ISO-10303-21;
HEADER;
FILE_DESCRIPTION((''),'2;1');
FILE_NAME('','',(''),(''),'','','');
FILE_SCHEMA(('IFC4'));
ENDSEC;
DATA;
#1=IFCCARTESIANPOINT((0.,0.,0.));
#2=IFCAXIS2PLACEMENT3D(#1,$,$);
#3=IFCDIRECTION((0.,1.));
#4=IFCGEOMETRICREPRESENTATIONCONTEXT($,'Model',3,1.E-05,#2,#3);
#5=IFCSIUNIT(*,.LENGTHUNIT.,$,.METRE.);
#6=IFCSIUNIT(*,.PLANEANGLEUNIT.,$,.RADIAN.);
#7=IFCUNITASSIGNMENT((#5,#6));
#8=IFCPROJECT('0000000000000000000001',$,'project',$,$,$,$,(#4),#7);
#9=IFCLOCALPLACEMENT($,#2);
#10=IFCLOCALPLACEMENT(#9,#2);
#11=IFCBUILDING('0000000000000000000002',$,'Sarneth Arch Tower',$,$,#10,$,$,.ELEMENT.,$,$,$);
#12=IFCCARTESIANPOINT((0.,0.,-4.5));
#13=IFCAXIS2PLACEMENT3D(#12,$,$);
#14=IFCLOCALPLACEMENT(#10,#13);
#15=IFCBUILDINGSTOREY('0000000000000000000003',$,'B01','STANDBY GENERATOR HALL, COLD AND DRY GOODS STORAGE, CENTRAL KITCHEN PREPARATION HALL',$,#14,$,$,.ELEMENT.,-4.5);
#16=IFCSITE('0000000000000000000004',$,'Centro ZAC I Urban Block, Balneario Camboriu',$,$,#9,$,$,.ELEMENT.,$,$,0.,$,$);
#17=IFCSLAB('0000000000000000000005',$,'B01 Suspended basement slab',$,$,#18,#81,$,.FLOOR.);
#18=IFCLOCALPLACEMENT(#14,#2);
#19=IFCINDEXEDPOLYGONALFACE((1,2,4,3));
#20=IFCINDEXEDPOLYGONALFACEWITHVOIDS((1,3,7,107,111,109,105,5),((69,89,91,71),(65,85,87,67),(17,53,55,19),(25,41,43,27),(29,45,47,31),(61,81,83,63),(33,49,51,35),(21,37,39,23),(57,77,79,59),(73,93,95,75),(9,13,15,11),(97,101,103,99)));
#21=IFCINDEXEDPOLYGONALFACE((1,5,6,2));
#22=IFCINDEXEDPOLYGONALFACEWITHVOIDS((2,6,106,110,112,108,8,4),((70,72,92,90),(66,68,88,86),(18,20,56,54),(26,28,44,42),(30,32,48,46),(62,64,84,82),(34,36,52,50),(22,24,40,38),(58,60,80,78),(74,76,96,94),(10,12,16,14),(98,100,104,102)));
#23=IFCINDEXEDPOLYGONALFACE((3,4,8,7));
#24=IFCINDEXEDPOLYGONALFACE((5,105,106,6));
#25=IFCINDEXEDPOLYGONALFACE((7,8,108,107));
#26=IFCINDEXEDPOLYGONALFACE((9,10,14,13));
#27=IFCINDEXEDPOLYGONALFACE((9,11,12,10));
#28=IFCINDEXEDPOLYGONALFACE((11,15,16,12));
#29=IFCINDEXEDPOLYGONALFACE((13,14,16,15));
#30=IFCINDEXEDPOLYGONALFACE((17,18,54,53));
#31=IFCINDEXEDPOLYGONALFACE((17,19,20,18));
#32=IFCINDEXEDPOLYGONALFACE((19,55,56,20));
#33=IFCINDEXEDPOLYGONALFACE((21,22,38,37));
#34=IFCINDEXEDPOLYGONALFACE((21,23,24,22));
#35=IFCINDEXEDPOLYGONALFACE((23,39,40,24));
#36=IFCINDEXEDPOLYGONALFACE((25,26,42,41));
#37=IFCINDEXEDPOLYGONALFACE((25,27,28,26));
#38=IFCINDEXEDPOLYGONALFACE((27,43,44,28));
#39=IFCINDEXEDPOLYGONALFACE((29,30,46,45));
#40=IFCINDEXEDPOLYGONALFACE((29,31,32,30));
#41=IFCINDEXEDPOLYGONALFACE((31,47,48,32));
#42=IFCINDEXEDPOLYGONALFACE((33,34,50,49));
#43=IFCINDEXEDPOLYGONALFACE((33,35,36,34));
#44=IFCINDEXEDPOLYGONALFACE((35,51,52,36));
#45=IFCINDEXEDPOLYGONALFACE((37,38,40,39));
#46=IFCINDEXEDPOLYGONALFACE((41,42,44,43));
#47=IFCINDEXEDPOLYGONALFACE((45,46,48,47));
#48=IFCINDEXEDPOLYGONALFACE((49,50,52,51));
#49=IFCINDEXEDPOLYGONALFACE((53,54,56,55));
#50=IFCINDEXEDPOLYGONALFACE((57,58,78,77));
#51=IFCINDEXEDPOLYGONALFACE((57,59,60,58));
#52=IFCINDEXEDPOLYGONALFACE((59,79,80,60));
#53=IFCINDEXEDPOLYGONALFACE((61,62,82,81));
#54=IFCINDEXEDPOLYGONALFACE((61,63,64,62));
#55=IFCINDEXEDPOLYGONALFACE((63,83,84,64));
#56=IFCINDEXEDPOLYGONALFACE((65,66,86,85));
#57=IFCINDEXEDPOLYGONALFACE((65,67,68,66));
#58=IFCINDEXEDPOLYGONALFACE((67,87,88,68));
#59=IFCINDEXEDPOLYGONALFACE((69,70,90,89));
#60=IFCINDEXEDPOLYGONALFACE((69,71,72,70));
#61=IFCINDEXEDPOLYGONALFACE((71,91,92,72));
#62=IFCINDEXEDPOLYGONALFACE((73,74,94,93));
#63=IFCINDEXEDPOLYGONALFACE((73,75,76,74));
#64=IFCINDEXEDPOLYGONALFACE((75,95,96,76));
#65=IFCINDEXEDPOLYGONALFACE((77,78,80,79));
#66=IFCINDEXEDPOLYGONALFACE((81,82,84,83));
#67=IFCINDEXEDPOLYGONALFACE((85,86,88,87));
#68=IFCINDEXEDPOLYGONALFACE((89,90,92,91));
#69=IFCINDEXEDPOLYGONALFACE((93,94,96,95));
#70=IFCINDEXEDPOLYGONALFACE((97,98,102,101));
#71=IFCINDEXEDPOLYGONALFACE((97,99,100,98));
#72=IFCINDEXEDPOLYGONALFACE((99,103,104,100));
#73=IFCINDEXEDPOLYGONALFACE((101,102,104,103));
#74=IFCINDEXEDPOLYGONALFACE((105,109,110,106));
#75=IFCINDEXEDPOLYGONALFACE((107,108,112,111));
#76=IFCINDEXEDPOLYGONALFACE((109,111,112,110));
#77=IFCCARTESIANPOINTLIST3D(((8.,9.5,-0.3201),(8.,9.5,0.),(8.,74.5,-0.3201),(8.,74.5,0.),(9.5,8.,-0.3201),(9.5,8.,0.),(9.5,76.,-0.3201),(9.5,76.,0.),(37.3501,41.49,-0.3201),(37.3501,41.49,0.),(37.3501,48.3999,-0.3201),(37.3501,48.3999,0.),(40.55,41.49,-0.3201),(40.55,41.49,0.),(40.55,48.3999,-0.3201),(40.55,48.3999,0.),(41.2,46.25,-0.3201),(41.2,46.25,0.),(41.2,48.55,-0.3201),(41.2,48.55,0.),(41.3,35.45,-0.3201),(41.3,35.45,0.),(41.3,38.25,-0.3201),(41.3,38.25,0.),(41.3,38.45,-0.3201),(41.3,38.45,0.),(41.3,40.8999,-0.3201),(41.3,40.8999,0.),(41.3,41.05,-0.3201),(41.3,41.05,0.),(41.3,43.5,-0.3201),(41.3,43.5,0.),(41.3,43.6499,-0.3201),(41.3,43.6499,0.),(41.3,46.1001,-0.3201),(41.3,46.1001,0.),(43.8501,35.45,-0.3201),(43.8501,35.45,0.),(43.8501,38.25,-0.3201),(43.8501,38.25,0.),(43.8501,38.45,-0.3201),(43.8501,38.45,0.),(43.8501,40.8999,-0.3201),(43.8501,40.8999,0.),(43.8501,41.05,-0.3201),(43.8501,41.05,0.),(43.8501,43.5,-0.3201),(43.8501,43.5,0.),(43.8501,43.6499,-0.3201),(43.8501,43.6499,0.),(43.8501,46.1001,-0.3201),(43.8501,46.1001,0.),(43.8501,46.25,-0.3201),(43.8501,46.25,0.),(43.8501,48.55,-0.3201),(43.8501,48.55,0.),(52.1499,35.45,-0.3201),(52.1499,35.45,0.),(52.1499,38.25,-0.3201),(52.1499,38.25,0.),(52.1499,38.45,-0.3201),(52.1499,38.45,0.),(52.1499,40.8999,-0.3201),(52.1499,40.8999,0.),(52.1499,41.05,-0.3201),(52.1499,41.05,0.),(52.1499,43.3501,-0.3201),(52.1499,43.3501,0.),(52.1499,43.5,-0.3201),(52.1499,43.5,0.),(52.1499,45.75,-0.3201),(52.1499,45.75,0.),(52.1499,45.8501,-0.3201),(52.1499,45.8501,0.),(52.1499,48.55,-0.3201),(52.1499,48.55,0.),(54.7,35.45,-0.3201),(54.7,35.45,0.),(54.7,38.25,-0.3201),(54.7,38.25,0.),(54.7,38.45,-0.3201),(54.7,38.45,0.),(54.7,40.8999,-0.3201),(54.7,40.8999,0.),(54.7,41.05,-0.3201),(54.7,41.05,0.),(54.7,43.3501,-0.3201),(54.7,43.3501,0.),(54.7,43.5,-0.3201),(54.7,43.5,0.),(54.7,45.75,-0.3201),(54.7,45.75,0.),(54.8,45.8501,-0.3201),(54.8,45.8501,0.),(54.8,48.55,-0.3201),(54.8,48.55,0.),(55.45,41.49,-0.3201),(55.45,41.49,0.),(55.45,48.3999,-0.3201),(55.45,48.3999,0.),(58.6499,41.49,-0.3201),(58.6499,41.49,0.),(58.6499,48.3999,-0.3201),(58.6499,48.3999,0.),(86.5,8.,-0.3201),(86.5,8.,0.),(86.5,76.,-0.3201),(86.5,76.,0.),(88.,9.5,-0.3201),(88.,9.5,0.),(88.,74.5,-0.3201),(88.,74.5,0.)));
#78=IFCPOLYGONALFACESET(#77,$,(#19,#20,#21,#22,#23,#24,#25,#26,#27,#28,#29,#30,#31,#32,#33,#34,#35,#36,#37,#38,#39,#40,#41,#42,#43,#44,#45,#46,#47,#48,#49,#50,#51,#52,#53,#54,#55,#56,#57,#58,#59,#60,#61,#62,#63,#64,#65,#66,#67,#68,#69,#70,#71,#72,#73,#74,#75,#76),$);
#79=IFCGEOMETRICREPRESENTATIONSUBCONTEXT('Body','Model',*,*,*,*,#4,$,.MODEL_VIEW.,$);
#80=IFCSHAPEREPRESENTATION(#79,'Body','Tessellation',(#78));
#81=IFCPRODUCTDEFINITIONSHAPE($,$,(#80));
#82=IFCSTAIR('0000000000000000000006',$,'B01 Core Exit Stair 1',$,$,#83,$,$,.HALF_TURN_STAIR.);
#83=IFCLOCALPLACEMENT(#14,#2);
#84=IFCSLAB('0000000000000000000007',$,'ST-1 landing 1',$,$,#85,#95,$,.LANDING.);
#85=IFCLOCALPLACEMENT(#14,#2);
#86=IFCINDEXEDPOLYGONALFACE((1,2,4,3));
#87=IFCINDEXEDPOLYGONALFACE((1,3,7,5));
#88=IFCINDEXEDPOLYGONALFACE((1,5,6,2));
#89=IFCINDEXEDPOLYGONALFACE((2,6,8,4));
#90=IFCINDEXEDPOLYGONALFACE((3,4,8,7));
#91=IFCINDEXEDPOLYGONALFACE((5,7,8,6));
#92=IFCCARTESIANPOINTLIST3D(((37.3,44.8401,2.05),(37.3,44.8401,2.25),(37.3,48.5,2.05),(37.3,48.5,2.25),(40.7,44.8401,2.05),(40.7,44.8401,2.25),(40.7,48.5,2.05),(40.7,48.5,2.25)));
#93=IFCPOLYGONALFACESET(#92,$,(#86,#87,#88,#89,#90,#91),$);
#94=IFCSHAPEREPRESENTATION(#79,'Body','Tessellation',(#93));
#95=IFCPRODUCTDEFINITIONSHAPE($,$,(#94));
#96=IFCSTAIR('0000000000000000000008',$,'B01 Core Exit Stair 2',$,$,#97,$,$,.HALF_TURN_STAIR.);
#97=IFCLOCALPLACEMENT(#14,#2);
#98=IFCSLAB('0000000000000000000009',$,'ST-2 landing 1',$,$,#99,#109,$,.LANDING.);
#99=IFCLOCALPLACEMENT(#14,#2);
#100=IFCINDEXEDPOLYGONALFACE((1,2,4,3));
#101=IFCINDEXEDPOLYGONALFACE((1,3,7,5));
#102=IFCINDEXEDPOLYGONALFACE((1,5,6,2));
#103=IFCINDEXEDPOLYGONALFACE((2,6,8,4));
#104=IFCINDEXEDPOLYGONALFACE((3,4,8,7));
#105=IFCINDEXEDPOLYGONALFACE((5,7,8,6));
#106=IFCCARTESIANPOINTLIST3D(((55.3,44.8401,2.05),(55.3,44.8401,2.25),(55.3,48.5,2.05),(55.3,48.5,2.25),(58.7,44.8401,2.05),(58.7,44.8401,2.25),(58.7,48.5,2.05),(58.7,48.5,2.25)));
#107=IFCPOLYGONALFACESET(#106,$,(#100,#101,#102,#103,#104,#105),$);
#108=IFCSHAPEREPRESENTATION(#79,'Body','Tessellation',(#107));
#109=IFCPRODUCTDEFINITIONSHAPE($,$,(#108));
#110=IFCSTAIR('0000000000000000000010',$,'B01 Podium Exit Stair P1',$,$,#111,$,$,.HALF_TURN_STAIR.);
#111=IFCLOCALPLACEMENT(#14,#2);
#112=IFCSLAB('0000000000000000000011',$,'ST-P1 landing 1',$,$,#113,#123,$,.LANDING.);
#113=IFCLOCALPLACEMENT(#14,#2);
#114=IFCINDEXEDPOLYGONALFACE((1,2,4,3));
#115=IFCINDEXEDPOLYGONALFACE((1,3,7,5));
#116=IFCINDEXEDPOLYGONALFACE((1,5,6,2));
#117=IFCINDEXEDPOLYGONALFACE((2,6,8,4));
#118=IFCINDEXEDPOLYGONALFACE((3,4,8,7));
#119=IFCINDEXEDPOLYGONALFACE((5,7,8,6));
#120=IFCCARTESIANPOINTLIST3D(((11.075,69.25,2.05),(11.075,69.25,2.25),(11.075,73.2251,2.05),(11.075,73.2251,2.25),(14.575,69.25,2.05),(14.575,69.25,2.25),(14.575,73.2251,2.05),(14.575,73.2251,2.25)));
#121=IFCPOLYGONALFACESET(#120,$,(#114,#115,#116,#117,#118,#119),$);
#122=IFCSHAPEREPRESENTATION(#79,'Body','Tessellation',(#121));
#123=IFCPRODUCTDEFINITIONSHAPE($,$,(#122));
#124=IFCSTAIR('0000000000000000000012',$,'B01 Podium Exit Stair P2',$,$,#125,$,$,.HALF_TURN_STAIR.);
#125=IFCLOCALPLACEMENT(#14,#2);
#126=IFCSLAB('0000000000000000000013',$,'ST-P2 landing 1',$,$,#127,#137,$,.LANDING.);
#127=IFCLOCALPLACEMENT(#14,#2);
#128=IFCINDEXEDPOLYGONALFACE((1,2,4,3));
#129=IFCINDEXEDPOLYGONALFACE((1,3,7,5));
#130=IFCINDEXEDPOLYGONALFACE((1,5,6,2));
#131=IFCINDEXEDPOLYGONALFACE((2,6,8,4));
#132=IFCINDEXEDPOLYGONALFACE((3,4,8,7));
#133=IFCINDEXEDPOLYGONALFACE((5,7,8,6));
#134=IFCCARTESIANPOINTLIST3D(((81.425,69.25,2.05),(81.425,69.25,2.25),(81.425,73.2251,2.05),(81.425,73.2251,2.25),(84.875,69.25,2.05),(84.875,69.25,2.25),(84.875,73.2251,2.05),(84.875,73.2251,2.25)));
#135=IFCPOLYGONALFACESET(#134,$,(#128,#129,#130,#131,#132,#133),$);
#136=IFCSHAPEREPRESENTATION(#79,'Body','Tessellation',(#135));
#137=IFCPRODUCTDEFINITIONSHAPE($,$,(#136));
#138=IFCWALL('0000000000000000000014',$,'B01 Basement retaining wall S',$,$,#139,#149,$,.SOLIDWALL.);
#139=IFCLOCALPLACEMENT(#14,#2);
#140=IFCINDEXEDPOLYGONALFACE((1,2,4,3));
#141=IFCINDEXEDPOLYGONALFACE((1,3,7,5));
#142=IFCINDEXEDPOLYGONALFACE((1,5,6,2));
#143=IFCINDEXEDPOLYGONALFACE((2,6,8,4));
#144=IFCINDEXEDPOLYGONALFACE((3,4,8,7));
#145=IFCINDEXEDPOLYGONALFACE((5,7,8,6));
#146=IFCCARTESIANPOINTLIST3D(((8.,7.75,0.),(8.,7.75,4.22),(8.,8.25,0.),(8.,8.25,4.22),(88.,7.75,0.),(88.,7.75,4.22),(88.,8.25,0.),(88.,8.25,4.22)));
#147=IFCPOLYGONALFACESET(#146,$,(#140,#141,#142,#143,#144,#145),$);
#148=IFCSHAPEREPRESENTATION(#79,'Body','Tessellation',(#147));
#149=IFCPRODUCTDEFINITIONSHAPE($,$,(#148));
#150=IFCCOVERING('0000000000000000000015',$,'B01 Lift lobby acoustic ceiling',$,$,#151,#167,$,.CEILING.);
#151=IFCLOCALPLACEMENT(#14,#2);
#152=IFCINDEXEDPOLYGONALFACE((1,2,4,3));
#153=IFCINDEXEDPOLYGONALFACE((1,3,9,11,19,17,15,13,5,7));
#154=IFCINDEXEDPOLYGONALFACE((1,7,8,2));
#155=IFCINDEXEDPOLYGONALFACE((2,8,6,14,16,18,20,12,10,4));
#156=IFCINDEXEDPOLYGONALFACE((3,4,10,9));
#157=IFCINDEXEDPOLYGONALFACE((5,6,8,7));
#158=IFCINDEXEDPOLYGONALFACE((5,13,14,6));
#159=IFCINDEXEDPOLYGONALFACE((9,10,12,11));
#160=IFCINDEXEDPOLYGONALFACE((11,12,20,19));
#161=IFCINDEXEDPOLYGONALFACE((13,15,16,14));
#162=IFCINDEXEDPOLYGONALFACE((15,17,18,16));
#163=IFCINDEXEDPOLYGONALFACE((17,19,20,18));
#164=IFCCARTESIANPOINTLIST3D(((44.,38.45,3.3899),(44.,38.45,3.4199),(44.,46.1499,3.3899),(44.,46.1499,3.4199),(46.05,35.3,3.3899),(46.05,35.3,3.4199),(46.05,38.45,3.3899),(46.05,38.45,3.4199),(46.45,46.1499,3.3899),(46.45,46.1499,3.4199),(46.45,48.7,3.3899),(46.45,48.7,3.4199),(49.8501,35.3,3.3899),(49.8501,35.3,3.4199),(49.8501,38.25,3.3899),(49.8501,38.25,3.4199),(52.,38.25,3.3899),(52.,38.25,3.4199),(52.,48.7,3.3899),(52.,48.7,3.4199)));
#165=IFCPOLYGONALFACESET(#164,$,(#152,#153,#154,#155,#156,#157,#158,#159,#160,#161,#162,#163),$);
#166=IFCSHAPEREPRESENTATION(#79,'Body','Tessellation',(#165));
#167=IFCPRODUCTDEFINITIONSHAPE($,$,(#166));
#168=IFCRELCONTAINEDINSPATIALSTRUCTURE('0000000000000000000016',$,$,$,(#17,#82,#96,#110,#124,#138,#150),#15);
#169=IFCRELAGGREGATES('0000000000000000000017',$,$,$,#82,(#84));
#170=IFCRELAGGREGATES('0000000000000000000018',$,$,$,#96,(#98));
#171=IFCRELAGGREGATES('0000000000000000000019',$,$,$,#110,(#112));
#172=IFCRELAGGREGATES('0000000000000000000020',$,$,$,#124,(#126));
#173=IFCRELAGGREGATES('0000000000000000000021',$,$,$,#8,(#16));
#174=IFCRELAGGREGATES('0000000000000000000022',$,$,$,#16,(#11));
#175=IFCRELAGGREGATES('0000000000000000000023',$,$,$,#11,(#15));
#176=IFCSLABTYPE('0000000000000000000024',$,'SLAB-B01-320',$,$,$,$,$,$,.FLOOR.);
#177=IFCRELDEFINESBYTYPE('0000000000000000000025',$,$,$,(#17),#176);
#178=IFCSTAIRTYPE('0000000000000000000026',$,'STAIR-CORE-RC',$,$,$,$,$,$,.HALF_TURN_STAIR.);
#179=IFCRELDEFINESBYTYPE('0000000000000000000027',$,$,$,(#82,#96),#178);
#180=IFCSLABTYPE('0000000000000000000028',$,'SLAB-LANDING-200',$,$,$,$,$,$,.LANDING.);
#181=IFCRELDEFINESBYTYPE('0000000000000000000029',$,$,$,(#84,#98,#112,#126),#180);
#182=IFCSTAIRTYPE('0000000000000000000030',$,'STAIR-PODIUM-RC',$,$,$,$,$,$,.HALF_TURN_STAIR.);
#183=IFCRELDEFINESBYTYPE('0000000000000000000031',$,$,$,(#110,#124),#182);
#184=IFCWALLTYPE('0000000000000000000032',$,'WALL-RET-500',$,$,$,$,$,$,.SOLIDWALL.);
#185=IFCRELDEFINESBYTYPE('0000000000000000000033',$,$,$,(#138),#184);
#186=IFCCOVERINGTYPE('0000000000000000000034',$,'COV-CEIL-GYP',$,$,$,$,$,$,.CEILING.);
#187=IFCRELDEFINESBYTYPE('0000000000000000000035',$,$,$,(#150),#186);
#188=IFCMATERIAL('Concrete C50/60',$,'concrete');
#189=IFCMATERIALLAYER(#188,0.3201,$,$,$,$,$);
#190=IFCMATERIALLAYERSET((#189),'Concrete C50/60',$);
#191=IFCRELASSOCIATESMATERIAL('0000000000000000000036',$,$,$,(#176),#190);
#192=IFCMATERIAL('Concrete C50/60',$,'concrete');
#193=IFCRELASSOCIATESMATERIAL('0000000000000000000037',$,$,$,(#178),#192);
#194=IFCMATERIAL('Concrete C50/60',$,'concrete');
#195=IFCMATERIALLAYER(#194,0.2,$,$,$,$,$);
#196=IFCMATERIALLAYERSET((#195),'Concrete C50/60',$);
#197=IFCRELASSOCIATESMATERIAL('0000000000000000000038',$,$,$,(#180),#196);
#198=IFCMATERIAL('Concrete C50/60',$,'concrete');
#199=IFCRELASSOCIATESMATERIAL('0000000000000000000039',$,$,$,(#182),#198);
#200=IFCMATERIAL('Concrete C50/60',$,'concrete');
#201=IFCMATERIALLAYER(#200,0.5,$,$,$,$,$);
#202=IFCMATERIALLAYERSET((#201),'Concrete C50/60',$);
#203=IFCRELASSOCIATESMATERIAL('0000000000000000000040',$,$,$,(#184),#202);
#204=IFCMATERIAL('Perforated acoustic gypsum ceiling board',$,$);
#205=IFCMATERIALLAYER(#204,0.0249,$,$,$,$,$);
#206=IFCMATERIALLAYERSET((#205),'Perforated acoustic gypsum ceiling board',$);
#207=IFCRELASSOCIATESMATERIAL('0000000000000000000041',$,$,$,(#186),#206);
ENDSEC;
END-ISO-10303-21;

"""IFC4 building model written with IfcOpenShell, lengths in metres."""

from ifc_helpers import new_model, si_unit, direction, frame, frame_2d, origin, place, context, subcontext, project, spatial, polyline, rectangle, outline, extrude, material, layer, layer_set, type_object, element, aggregate, save


model = new_model("IFC4")

# Units and contexts
model_context = context("Model", 3, precision=1e-05, world=origin(), true_north=direction((0.0, 1.0)))
body_context = subcontext(model_context, "Body", "Model", "MODEL_VIEW")
ifc_project = project(units=[si_unit("LENGTHUNIT", "METRE"), si_unit("PLANEANGLEUNIT", "RADIAN")], contexts=[model_context])

# Site, building, storey
site_placement = place(None, origin())
site = spatial("IfcSite", under=ifc_project, at=site_placement, Name="Centro ZAC I Urban Block, Balneario Camboriu", CompositionType="ELEMENT", RefElevation=0.0)
building_placement = place(site_placement, origin())
building = spatial("IfcBuilding", under=site, at=building_placement, Name="Sarneth Arch Tower", CompositionType="ELEMENT")
storey_placement = place(building_placement, frame((0.0, 0.0, -4.5)))
storey = spatial("IfcBuildingStorey", under=building, at=storey_placement, Name="B01", Description="STANDBY GENERATOR HALL, COLD AND DRY GOODS STORAGE, CENTRAL KITCHEN PREPARATION HALL", CompositionType="ELEMENT", Elevation=-4.5)

# Slab
ifc_material_1 = material(Name="Concrete C50/60", Category="concrete")
ifc_layer_1 = layer(ifc_material_1, 0.3201)
ifc_layer_set_1 = layer_set([ifc_layer_1], Name="Concrete C50/60")
slab_type_1 = type_object("IfcSlabType", Name="SLAB-B01-320", PredefinedType="FLOOR", material=ifc_layer_set_1)
slab_1_placement = place(storey_placement, frame((0.0, 0.0, -0.3201)))
element("IfcSlab", 1, at=slab_1_placement, inside=storey, type_object=slab_type_1, Name="B01 Suspended basement slab", PredefinedType="FLOOR", context=body_context, shape_type="SweptSolid", body=[
    extrude(outline(polyline([(9.5, 8.0), (86.5, 8.0), (88.0, 9.5), (88.0, 74.5), (86.5, 76.0), (9.5, 76.0), (8.0, 74.5), (8.0, 9.5), (9.5, 8.0)]), holes=[polyline([(37.3501, 41.49), (40.55, 41.49), (40.55, 48.3999), (37.3501, 48.3999), (37.3501, 41.49)]), polyline([(55.45, 41.49), (58.6499, 41.49), (58.6499, 48.3999), (55.45, 48.3999), (55.45, 41.49)]), polyline([(41.2, 46.25), (43.8501, 46.25), (43.8501, 48.55), (41.2, 48.55), (41.2, 46.25)]), polyline([(41.3, 35.45), (43.8501, 35.45), (43.8501, 38.25), (41.3, 38.25), (41.3, 35.45)]), polyline([(52.1499, 35.45), (54.7, 35.45), (54.7, 38.25), (52.1499, 38.25), (52.1499, 35.45)]), polyline([(52.1499, 45.8501), (54.8, 45.8501), (54.8, 48.55), (52.1499, 48.55), (52.1499, 45.8501)]), polyline([(41.3, 38.45), (43.8501, 38.45), (43.8501, 40.8999), (41.3, 40.8999), (41.3, 38.45)]), polyline([(41.3, 41.05), (43.8501, 41.05), (43.8501, 43.5), (41.3, 43.5), (41.3, 41.05)]), polyline([(41.3, 43.6499), (43.8501, 43.6499), (43.8501, 46.1001), (41.3, 46.1001), (41.3, 43.6499)]), polyline([(52.1499, 38.45), (54.7, 38.45), (54.7, 40.8999), (52.1499, 40.8999), (52.1499, 38.45)]), polyline([(52.1499, 41.05), (54.7, 41.05), (54.7, 43.3501), (52.1499, 43.3501), (52.1499, 41.05)]), polyline([(52.1499, 43.5), (54.7, 43.5), (54.7, 45.75), (52.1499, 45.75), (52.1499, 43.5)])]), origin(), (0.0, 0.0, 1.0), 0.3201),
])

# Stairs, slabs
ifc_material_2 = material(Name="Concrete C50/60", Category="concrete")
stair_type_1 = type_object("IfcStairType", Name="STAIR-CORE-RC", PredefinedType="HALF_TURN_STAIR", material=ifc_material_2)
stair_1_placement = place(storey_placement, origin())
stair_1 = element("IfcStair", 2, at=stair_1_placement, inside=storey, type_object=stair_type_1, Name="B01 Core Exit Stair 1", PredefinedType="HALF_TURN_STAIR")
ifc_material_3 = material(Name="Concrete C50/60", Category="concrete")
ifc_layer_2 = layer(ifc_material_3, 0.2)
ifc_layer_set_2 = layer_set([ifc_layer_2], Name="Concrete C50/60")
slab_type_2 = type_object("IfcSlabType", Name="SLAB-LANDING-200", PredefinedType="LANDING", material=ifc_layer_set_2)
slab_2_placement = place(storey_placement, frame((0.0, 0.0, 2.05)))
slab_2 = element("IfcSlab", 3, at=slab_2_placement, type_object=slab_type_2, Name="ST-1 landing 1", PredefinedType="LANDING", context=body_context, shape_type="SweptSolid", body=[
    extrude(outline(polyline([(37.3, 44.8401), (40.7, 44.8401), (40.7, 48.5), (37.3, 48.5), (37.3, 44.8401)])), origin(), (0.0, 0.0, 1.0), 0.2),
])
aggregate(stair_1, [slab_2])
stair_2_placement = place(storey_placement, origin())
stair_2 = element("IfcStair", 4, at=stair_2_placement, inside=storey, type_object=stair_type_1, Name="B01 Core Exit Stair 2", PredefinedType="HALF_TURN_STAIR")
slab_3_placement = place(storey_placement, frame((0.0, 0.0, 2.05)))
slab_3 = element("IfcSlab", 5, at=slab_3_placement, type_object=slab_type_2, Name="ST-2 landing 1", PredefinedType="LANDING", context=body_context, shape_type="SweptSolid", body=[
    extrude(outline(polyline([(55.3, 44.8401), (58.7, 44.8401), (58.7, 48.5), (55.3, 48.5), (55.3, 44.8401)])), origin(), (0.0, 0.0, 1.0), 0.2),
])
aggregate(stair_2, [slab_3])
ifc_material_4 = material(Name="Concrete C50/60", Category="concrete")
stair_type_2 = type_object("IfcStairType", Name="STAIR-PODIUM-RC", PredefinedType="HALF_TURN_STAIR", material=ifc_material_4)
stair_3_placement = place(storey_placement, origin())
stair_3 = element("IfcStair", 6, at=stair_3_placement, inside=storey, type_object=stair_type_2, Name="B01 Podium Exit Stair P1", PredefinedType="HALF_TURN_STAIR")
slab_4_placement = place(storey_placement, frame((0.0, 0.0, 2.05)))
slab_4 = element("IfcSlab", 7, at=slab_4_placement, type_object=slab_type_2, Name="ST-P1 landing 1", PredefinedType="LANDING", context=body_context, shape_type="SweptSolid", body=[
    extrude(outline(polyline([(11.075, 69.25), (14.575, 69.25), (14.575, 73.2251), (11.075, 73.2251), (11.075, 69.25)])), origin(), (0.0, 0.0, 1.0), 0.2),
])
aggregate(stair_3, [slab_4])
stair_4_placement = place(storey_placement, origin())
stair_4 = element("IfcStair", 8, at=stair_4_placement, inside=storey, type_object=stair_type_2, Name="B01 Podium Exit Stair P2", PredefinedType="HALF_TURN_STAIR")
slab_5_placement = place(storey_placement, frame((0.0, 0.0, 2.05)))
slab_5 = element("IfcSlab", 9, at=slab_5_placement, type_object=slab_type_2, Name="ST-P2 landing 1", PredefinedType="LANDING", context=body_context, shape_type="SweptSolid", body=[
    extrude(outline(polyline([(81.425, 69.25), (84.875, 69.25), (84.875, 73.2251), (81.425, 73.2251), (81.425, 69.25)])), origin(), (0.0, 0.0, 1.0), 0.2),
])
aggregate(stair_4, [slab_5])

# Wall
ifc_material_5 = material(Name="Concrete C50/60", Category="concrete")
ifc_layer_3 = layer(ifc_material_5, 0.5)
ifc_layer_set_3 = layer_set([ifc_layer_3], Name="Concrete C50/60")
wall_type = type_object("IfcWallType", Name="WALL-RET-500", PredefinedType="SOLIDWALL", material=ifc_layer_set_3)
wall_placement = place(storey_placement, frame((8.0, 8.0, 0.0), z_axis=(0.0, 0.0, 1.0), x_axis=(1.0, 0.0, 0.0)))
element("IfcWall", 10, at=wall_placement, inside=storey, type_object=wall_type, Name="B01 Basement retaining wall S", PredefinedType="SOLIDWALL", context=body_context, shape_type="SweptSolid", body=[
    extrude(rectangle(XDim=80.0, YDim=0.5, at=frame_2d((40.0, 0.0))), origin(), (0.0, 0.0, 1.0), 4.22),
])

# Covering
ifc_material_6 = material(Name="Perforated acoustic gypsum ceiling board")
ifc_layer_4 = layer(ifc_material_6, 0.0249)
ifc_layer_set_4 = layer_set([ifc_layer_4], Name="Perforated acoustic gypsum ceiling board")
covering_type = type_object("IfcCoveringType", Name="COV-CEIL-GYP", PredefinedType="CEILING", material=ifc_layer_set_4)
covering_placement = place(storey_placement, frame((0.0, 0.0, 3.3899)))
element("IfcCovering", 11, at=covering_placement, inside=storey, type_object=covering_type, Name="B01 Lift lobby acoustic ceiling", PredefinedType="CEILING", context=body_context, shape_type="SweptSolid", body=[
    extrude(outline(polyline([(49.8501, 38.25), (49.8501, 35.3), (46.05, 35.3), (46.05, 38.45), (44.0, 38.45), (44.0, 46.1499), (46.45, 46.1499), (46.45, 48.7), (52.0, 48.7), (52.0, 38.25), (49.8501, 38.25)])), origin(), (0.0, 0.0, 1.0), 0.03),
])

save(model, "model.ifc")
